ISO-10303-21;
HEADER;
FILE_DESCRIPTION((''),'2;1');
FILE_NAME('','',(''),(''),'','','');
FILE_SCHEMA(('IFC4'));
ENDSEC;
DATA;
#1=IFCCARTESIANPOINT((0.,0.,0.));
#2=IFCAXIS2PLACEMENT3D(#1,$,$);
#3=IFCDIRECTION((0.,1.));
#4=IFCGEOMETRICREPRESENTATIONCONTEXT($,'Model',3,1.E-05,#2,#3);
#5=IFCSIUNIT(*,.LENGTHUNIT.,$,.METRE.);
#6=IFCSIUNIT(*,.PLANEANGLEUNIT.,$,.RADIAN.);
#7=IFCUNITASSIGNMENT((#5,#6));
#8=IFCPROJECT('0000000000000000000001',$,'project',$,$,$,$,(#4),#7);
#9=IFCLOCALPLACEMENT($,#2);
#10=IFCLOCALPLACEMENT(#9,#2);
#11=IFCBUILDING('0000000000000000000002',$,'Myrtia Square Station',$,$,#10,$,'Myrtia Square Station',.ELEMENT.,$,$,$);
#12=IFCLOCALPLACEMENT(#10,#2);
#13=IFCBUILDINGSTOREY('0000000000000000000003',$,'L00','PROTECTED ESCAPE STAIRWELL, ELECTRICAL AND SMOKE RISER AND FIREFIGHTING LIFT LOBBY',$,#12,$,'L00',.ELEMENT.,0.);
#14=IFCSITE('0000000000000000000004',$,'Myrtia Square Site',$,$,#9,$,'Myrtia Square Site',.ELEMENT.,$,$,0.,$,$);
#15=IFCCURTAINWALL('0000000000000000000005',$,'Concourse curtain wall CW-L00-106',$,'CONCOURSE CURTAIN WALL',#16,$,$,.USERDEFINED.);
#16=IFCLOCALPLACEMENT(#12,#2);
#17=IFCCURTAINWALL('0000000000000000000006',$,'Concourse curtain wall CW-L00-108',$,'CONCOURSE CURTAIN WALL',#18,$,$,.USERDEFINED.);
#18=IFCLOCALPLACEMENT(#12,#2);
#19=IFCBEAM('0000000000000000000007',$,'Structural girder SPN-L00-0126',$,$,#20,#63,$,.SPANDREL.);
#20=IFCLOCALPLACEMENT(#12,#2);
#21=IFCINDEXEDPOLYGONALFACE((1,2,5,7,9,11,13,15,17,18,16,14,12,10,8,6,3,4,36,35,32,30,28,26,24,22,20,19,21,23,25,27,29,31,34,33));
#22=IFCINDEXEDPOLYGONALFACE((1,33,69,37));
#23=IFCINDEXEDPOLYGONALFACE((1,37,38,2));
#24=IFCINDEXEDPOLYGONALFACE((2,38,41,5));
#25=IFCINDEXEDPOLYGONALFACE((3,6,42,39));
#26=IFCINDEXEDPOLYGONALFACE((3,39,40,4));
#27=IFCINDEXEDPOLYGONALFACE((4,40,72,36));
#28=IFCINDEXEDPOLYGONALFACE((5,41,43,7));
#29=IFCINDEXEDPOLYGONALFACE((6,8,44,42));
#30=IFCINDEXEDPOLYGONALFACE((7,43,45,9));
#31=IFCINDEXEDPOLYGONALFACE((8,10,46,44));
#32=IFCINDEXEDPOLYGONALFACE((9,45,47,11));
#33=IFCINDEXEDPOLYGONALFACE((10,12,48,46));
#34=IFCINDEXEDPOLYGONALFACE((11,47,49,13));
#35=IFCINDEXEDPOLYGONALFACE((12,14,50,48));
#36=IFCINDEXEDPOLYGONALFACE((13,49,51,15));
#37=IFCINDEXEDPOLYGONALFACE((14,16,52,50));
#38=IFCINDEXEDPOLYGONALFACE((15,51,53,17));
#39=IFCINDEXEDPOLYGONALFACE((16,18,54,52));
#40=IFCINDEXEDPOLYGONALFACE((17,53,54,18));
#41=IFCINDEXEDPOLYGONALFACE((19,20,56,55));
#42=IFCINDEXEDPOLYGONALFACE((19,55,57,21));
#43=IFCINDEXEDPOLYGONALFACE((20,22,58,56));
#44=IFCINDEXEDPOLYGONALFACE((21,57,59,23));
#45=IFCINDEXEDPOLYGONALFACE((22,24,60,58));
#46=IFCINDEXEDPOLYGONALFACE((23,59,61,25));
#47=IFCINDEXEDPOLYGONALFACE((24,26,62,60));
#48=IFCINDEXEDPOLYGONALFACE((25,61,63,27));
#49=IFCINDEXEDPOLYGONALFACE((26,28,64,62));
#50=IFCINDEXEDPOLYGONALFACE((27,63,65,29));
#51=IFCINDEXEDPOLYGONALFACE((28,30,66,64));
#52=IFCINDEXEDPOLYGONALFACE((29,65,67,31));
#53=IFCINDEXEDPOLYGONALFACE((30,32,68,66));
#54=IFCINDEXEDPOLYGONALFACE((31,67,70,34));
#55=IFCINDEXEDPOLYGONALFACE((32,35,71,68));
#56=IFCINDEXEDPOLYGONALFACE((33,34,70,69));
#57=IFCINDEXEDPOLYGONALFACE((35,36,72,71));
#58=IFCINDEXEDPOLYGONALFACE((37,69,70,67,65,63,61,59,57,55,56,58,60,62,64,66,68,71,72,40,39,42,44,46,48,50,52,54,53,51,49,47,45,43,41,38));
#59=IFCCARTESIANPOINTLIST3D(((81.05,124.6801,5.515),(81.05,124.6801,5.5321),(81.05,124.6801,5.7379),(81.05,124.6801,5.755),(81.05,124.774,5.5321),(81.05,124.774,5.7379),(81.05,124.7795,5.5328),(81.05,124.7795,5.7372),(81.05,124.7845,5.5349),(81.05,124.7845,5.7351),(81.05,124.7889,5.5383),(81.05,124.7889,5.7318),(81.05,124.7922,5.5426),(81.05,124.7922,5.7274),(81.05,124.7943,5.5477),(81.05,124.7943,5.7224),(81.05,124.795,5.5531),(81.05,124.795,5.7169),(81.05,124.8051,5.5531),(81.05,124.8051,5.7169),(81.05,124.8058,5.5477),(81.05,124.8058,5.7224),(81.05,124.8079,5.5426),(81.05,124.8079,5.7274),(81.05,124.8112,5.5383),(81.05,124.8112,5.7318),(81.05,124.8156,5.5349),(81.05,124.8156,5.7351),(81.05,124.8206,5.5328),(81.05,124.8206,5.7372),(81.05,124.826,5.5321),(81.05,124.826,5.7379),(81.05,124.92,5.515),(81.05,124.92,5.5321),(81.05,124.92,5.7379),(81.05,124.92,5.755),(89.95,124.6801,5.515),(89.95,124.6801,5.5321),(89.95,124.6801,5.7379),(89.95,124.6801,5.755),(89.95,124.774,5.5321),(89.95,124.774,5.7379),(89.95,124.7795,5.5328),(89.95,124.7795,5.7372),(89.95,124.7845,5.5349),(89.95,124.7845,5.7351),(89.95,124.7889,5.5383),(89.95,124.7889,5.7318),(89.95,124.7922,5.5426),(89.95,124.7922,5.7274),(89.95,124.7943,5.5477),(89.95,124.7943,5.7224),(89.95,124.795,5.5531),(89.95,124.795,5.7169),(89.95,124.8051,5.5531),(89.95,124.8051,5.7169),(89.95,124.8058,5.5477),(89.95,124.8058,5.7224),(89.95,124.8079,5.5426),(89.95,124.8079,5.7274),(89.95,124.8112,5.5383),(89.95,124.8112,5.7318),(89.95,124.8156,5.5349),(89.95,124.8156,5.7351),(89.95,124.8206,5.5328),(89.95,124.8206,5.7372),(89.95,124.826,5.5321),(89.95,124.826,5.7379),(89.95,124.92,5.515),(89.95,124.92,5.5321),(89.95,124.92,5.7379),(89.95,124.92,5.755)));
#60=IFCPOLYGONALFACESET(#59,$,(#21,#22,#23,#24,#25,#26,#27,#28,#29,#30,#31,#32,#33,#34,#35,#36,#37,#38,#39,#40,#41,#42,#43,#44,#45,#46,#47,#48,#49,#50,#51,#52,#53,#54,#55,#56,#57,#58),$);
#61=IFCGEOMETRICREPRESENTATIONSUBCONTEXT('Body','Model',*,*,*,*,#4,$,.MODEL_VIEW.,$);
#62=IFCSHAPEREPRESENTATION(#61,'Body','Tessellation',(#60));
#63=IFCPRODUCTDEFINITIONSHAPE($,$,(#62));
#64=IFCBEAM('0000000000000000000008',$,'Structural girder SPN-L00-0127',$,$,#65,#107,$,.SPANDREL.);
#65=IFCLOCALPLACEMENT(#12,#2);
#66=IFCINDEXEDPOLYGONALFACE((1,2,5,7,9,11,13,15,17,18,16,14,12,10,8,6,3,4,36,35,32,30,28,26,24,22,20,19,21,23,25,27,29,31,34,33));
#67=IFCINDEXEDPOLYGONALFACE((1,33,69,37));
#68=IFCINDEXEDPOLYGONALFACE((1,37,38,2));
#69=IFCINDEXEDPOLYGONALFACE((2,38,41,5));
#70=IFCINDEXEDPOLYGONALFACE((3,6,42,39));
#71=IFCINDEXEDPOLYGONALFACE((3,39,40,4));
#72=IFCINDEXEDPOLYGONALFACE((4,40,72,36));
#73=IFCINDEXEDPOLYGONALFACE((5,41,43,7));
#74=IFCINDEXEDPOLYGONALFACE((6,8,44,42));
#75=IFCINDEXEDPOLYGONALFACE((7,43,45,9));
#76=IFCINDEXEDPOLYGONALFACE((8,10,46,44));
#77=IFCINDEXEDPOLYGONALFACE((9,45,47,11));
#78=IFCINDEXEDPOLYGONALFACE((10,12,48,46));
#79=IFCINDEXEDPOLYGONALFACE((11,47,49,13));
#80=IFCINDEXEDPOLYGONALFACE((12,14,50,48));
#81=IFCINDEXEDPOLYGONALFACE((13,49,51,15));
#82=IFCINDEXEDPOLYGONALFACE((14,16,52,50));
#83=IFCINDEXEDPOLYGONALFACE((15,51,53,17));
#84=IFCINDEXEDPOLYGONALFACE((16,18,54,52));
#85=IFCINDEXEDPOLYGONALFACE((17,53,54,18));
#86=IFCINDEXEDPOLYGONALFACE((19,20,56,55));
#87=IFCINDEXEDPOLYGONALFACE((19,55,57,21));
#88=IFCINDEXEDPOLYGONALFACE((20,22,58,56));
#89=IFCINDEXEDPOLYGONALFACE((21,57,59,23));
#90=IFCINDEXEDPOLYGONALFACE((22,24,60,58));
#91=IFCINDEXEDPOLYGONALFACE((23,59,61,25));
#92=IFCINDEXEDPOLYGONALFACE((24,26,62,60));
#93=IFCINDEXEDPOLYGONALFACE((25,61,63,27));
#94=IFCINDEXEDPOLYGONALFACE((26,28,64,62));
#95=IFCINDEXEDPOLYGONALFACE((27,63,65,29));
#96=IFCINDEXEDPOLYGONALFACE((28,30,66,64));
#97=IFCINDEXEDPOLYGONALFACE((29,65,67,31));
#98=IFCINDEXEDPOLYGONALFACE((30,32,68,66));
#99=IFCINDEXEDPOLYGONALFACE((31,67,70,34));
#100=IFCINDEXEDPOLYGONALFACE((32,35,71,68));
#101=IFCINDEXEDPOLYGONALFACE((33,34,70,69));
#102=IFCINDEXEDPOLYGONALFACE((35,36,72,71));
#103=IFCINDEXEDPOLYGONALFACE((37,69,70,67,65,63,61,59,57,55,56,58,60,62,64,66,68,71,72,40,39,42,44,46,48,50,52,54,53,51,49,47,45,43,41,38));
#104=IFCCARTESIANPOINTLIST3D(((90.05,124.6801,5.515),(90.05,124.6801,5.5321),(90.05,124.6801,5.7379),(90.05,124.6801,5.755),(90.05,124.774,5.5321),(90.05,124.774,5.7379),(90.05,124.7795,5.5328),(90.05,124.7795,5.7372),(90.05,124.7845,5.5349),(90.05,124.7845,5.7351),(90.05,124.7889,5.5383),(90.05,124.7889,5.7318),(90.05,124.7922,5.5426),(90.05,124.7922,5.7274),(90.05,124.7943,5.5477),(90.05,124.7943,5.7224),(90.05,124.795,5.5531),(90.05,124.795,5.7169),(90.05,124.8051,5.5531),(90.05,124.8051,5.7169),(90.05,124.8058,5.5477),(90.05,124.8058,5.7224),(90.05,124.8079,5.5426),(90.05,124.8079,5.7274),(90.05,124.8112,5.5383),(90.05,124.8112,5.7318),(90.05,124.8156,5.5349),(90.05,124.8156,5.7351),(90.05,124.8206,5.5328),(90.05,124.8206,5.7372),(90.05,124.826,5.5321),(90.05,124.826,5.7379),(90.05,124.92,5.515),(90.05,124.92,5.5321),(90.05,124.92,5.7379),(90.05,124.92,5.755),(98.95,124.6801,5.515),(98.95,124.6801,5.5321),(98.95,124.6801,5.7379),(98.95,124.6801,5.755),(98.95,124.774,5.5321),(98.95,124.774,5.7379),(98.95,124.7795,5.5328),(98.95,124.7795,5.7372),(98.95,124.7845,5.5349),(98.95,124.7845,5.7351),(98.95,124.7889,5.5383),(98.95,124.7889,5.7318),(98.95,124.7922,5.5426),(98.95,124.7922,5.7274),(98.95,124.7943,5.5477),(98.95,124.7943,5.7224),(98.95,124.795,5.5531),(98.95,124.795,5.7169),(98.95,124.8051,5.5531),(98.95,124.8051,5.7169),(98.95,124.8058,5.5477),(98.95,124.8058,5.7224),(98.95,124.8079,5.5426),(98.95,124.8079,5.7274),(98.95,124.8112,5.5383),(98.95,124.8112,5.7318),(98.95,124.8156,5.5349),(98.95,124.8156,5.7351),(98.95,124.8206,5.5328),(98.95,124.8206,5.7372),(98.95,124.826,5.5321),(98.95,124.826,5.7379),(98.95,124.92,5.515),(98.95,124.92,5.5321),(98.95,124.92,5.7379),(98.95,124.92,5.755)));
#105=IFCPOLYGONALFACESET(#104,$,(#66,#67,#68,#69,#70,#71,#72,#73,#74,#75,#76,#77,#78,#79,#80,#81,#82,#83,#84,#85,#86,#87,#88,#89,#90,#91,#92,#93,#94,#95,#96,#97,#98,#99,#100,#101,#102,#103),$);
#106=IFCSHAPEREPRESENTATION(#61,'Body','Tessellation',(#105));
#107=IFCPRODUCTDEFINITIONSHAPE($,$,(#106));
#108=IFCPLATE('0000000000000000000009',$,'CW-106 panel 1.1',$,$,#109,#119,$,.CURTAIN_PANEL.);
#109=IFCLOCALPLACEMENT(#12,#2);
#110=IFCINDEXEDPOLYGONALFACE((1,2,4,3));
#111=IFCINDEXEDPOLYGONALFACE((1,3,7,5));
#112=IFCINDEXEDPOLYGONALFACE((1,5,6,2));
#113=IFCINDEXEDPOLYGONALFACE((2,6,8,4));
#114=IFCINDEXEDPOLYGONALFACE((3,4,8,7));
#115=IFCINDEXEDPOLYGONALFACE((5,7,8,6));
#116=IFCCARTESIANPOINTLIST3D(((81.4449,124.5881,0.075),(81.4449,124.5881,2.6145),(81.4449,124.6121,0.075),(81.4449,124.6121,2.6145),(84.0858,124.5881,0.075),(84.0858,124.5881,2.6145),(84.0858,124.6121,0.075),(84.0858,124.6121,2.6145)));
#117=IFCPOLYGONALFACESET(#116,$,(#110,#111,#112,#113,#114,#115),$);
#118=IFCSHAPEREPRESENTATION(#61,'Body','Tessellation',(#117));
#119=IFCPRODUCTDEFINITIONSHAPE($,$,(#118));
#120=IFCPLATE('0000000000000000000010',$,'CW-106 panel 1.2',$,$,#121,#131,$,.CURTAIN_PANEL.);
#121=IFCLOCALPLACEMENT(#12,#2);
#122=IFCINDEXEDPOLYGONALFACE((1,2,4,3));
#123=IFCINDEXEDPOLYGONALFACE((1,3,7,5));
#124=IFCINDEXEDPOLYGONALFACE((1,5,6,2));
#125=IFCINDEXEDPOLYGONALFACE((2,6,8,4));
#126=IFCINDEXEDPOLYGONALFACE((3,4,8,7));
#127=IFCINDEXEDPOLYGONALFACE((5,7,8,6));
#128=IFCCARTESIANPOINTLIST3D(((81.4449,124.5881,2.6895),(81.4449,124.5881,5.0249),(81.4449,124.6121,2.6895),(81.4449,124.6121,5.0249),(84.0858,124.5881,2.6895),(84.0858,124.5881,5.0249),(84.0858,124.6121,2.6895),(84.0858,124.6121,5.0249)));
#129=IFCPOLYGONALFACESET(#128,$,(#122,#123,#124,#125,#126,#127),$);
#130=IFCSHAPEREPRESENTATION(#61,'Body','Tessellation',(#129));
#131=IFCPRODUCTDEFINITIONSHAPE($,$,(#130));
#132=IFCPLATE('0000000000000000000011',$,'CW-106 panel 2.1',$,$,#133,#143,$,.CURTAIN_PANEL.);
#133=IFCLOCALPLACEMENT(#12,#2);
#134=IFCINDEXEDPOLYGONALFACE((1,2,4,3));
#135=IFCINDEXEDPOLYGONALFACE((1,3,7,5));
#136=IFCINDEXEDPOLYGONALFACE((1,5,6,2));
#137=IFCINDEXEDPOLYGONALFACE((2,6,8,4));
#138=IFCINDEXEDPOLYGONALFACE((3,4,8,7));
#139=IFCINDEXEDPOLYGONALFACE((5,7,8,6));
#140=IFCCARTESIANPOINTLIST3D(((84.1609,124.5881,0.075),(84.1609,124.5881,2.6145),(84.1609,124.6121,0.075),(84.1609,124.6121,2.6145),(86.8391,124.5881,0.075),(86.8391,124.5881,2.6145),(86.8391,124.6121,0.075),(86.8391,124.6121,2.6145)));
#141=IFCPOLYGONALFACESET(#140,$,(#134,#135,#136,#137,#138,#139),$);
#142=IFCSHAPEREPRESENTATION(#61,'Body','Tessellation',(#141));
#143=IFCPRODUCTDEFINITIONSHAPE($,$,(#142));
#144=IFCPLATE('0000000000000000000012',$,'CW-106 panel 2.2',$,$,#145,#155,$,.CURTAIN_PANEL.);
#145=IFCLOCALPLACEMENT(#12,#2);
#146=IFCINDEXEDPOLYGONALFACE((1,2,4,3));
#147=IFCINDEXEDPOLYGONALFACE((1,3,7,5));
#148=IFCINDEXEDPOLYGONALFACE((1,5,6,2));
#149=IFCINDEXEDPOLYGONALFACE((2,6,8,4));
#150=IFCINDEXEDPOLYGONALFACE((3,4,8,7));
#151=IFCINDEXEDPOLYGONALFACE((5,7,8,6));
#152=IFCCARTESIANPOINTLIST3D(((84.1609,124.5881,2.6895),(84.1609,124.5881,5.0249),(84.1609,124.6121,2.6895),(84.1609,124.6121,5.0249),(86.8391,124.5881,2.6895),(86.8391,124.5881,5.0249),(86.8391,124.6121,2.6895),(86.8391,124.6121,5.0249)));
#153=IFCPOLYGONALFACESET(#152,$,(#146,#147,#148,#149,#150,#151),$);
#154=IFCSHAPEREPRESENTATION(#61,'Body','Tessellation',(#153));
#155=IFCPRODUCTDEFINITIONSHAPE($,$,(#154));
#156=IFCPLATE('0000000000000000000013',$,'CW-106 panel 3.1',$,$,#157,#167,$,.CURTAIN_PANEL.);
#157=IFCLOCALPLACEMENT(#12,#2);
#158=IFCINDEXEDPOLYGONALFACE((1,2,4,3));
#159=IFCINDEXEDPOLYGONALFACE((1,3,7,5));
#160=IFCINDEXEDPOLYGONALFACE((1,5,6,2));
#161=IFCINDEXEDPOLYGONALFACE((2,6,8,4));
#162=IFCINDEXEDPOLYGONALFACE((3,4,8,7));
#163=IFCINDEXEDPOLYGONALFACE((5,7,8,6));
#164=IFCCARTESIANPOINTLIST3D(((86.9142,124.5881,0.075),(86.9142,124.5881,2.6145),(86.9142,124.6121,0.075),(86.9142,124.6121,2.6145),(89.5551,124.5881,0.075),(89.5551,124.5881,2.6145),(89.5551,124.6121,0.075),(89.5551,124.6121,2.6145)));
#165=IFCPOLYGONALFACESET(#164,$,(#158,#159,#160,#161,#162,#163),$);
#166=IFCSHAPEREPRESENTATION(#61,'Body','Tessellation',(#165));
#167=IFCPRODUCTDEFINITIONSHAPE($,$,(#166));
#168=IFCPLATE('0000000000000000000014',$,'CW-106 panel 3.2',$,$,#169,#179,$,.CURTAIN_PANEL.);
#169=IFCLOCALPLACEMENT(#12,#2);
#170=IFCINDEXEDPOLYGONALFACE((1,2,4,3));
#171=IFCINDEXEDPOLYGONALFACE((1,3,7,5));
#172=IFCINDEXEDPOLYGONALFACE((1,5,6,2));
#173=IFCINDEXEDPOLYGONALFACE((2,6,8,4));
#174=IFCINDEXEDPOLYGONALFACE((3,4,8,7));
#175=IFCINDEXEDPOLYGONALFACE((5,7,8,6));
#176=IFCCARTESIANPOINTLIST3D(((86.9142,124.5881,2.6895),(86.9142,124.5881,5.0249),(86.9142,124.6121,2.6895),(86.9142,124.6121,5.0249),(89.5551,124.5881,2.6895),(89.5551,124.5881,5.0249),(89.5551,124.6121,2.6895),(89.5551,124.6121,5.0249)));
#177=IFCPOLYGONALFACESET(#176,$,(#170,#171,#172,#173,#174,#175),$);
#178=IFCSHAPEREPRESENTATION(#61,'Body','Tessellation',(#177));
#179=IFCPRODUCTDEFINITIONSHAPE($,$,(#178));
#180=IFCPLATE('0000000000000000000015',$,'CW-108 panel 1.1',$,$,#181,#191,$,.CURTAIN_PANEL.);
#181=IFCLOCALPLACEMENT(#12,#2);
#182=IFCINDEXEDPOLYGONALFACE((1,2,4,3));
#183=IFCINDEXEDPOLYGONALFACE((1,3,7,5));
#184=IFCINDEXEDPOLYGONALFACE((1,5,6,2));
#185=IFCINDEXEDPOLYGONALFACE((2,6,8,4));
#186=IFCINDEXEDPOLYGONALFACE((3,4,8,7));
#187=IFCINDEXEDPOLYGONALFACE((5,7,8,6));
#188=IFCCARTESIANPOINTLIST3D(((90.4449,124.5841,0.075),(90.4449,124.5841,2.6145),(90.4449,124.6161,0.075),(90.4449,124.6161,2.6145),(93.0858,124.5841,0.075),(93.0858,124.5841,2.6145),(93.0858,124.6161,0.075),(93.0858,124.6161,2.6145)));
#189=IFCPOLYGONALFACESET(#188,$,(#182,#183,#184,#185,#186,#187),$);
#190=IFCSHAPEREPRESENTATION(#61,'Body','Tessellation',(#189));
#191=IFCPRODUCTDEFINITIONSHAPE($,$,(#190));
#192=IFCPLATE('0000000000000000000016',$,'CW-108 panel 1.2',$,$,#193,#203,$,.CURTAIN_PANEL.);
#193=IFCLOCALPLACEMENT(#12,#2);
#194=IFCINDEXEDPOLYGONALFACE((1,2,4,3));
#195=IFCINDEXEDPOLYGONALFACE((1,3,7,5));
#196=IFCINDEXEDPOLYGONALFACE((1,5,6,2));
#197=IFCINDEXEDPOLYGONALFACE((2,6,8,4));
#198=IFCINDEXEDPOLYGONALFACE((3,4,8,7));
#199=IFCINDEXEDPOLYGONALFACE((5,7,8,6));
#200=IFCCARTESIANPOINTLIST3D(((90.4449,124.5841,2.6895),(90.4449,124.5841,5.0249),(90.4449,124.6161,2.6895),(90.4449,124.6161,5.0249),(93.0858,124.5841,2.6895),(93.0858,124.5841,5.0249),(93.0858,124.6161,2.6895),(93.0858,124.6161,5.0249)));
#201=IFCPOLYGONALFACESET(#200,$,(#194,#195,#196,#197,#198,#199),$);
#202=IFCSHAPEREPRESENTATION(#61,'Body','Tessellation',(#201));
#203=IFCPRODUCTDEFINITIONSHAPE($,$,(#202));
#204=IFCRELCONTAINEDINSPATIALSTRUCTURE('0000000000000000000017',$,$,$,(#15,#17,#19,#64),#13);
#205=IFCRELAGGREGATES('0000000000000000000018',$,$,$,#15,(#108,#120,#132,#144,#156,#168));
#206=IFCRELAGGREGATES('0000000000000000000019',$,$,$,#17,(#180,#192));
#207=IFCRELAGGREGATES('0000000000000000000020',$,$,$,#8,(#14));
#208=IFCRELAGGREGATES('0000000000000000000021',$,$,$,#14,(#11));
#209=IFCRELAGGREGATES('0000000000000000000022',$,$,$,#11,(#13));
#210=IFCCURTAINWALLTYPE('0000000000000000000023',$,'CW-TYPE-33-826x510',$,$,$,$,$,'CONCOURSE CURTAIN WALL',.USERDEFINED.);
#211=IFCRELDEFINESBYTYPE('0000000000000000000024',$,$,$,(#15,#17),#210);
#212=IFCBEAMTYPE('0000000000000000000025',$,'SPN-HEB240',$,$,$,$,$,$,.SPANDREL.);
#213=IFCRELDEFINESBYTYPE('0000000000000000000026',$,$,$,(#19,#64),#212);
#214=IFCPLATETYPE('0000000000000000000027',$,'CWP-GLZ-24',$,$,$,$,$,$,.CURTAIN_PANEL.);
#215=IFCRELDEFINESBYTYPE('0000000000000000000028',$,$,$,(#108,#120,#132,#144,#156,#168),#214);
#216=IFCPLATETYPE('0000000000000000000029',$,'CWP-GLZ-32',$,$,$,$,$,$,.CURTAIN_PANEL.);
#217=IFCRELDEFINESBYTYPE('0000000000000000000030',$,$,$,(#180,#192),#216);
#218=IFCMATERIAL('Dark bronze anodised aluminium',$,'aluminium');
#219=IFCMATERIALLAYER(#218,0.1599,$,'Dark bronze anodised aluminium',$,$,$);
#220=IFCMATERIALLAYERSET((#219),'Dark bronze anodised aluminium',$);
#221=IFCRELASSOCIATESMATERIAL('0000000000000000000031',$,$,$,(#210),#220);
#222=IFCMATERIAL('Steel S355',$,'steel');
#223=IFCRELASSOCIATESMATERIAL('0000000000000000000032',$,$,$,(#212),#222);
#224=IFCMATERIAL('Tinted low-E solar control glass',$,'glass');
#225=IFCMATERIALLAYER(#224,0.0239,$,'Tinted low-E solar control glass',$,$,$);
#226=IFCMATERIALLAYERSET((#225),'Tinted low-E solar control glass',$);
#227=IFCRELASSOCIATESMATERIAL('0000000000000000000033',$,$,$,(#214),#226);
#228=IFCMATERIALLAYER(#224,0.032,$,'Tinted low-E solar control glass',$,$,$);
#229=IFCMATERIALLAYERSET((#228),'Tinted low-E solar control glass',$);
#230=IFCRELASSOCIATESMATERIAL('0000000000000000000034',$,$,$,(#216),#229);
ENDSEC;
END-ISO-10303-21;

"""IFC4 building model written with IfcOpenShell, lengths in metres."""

from ifc_helpers import new_model, si_unit, direction, frame, origin, origin_2d, place, context, subcontext, project, spatial, rectangle, i_section, extrude, material, layer, layer_set, material_profile, profile_set, type_object, element, aggregate, save


model = new_model("IFC4")

# Units and contexts
model_context = context("Model", 3, precision=1e-05, world=origin(), true_north=direction((0.0, 1.0)))
body_context = subcontext(model_context, "Body", "Model", "MODEL_VIEW")
ifc_project = project(units=[si_unit("LENGTHUNIT", "METRE"), si_unit("PLANEANGLEUNIT", "RADIAN")], contexts=[model_context])

# Site, building, storey
site_placement = place(None, origin())
site = spatial("IfcSite", under=ifc_project, at=site_placement, Name="Myrtia Square Site", LongName="Myrtia Square Site", CompositionType="ELEMENT", RefElevation=0.0)
building_placement = place(site_placement, origin())
building = spatial("IfcBuilding", under=site, at=building_placement, Name="Myrtia Square Station", LongName="Myrtia Square Station", CompositionType="ELEMENT")
storey_placement = place(building_placement, origin())
storey = spatial("IfcBuildingStorey", under=building, at=storey_placement, Name="L00", Description="PROTECTED ESCAPE STAIRWELL, ELECTRICAL AND SMOKE RISER AND FIREFIGHTING LIFT LOBBY", LongName="L00", CompositionType="ELEMENT", Elevation=0.0)

# Shared definitions
ifc_material_1 = material(Name="Steel S355", Category="steel")

# Curtain walls
ifc_material_2 = material(Name="Dark bronze anodised aluminium", Category="aluminium")
ifc_layer_1 = layer(ifc_material_2, 0.1599, Name="Dark bronze anodised aluminium")
ifc_layer_set_1 = layer_set([ifc_layer_1], Name="Dark bronze anodised aluminium")
curtain_wall_type = type_object("IfcCurtainWallType", Name="CW-TYPE-33-826x510", ElementType="CONCOURSE CURTAIN WALL", PredefinedType="USERDEFINED", material=ifc_layer_set_1)
curtain_wall_1_placement = place(storey_placement, origin())
curtain_wall_1 = element("IfcCurtainWall", 1, at=curtain_wall_1_placement, inside=storey, type_object=curtain_wall_type, Name="Concourse curtain wall CW-L00-106", ObjectType="CONCOURSE CURTAIN WALL", PredefinedType="USERDEFINED")
curtain_wall_2_placement = place(storey_placement, origin())
curtain_wall_2 = element("IfcCurtainWall", 2, at=curtain_wall_2_placement, inside=storey, type_object=curtain_wall_type, Name="Concourse curtain wall CW-L00-108", ObjectType="CONCOURSE CURTAIN WALL", PredefinedType="USERDEFINED")

# Beams
ifc_material_profile_1 = material_profile(ifc_material_1, i_section(OverallWidth=0.24, OverallDepth=0.24, WebThickness=0.01, FlangeThickness=0.0171, FilletRadius=0.021, at=origin_2d()), Name="HEB 240")
ifc_profile_set_1 = profile_set([ifc_material_profile_1], Name="Steel S355")
beam_type = type_object("IfcBeamType", Name="SPN-HEB240", PredefinedType="SPANDREL", material=ifc_profile_set_1)
for number, where, z_axis, x_axis, name in (
    (3, (81.05, 124.8, 5.635), (1.0, 0.0, 0.0), (0.0, 1.0, 0.0), "Structural girder SPN-L00-0126"),
    (4, (90.05, 124.8, 5.635), (1.0, 0.0, 0.0), (0.0, 1.0, 0.0), "Structural girder SPN-L00-0127"),
):
    element("IfcBeam", number, at=place(storey_placement, frame(where, z_axis=z_axis, x_axis=x_axis)), inside=storey, type_object=beam_type, Name=name, PredefinedType="SPANDREL", context=body_context, shape_type="SweptSolid", body=[
        extrude(i_section(OverallWidth=0.24, OverallDepth=0.24, WebThickness=0.01, FlangeThickness=0.0171, FilletRadius=0.021, at=origin_2d()), origin(), (0.0, 0.0, 1.0), 8.8999),
    ])

# Plates
ifc_material_3 = material(Name="Tinted low-E solar control glass", Category="glass")
ifc_layer_2 = layer(ifc_material_3, 0.0239, Name="Tinted low-E solar control glass")
ifc_layer_set_2 = layer_set([ifc_layer_2], Name="Tinted low-E solar control glass")
plate_type_1 = type_object("IfcPlateType", Name="CWP-GLZ-24", PredefinedType="CURTAIN_PANEL", material=ifc_layer_set_2)
plate_1_placement = place(storey_placement, frame((82.7654, 124.6001, 0.075), z_axis=(0.0, 0.0, 1.0), x_axis=(1.0, 0.0, 0.0)))
plate_1 = element("IfcPlate", 5, at=plate_1_placement, type_object=plate_type_1, Name="CW-106 panel 1.1", PredefinedType="CURTAIN_PANEL", context=body_context, shape_type="SweptSolid", body=[
    extrude(rectangle(XDim=2.6409, YDim=0.0239, at=origin_2d()), origin(), (0.0, 0.0, 1.0), 2.5396),
])
plate_2_placement = place(storey_placement, frame((82.7654, 124.6001, 2.6895), z_axis=(0.0, 0.0, 1.0), x_axis=(1.0, 0.0, 0.0)))
plate_2 = element("IfcPlate", 6, at=plate_2_placement, type_object=plate_type_1, Name="CW-106 panel 1.2", PredefinedType="CURTAIN_PANEL", context=body_context, shape_type="SweptSolid", body=[
    extrude(rectangle(XDim=2.6409, YDim=0.0239, at=origin_2d()), origin(), (0.0, 0.0, 1.0), 2.3354),
])
plate_3_placement = place(storey_placement, frame((85.5, 124.6001, 0.075), z_axis=(0.0, 0.0, 1.0), x_axis=(1.0, 0.0, 0.0)))
plate_3 = element("IfcPlate", 7, at=plate_3_placement, type_object=plate_type_1, Name="CW-106 panel 2.1", PredefinedType="CURTAIN_PANEL", context=body_context, shape_type="SweptSolid", body=[
    extrude(rectangle(XDim=2.6782, YDim=0.0239, at=origin_2d()), origin(), (0.0, 0.0, 1.0), 2.5396),
])
plate_4_placement = place(storey_placement, frame((85.5, 124.6001, 2.6895), z_axis=(0.0, 0.0, 1.0), x_axis=(1.0, 0.0, 0.0)))
plate_4 = element("IfcPlate", 8, at=plate_4_placement, type_object=plate_type_1, Name="CW-106 panel 2.2", PredefinedType="CURTAIN_PANEL", context=body_context, shape_type="SweptSolid", body=[
    extrude(rectangle(XDim=2.6782, YDim=0.0239, at=origin_2d()), origin(), (0.0, 0.0, 1.0), 2.3354),
])
plate_5_placement = place(storey_placement, frame((88.2346, 124.6001, 0.075), z_axis=(0.0, 0.0, 1.0), x_axis=(1.0, 0.0, 0.0)))
plate_5 = element("IfcPlate", 9, at=plate_5_placement, type_object=plate_type_1, Name="CW-106 panel 3.1", PredefinedType="CURTAIN_PANEL", context=body_context, shape_type="SweptSolid", body=[
    extrude(rectangle(XDim=2.6409, YDim=0.0239, at=origin_2d()), origin(), (0.0, 0.0, 1.0), 2.5396),
])
plate_6_placement = place(storey_placement, frame((88.2346, 124.6001, 2.6895), z_axis=(0.0, 0.0, 1.0), x_axis=(1.0, 0.0, 0.0)))
plate_6 = element("IfcPlate", 10, at=plate_6_placement, type_object=plate_type_1, Name="CW-106 panel 3.2", PredefinedType="CURTAIN_PANEL", context=body_context, shape_type="SweptSolid", body=[
    extrude(rectangle(XDim=2.6409, YDim=0.0239, at=origin_2d()), origin(), (0.0, 0.0, 1.0), 2.3354),
])
aggregate(curtain_wall_1, [plate_1, plate_2, plate_3, plate_4, plate_5, plate_6])
ifc_layer_3 = layer(ifc_material_3, 0.032, Name="Tinted low-E solar control glass")
ifc_layer_set_3 = layer_set([ifc_layer_3], Name="Tinted low-E solar control glass")
plate_type_2 = type_object("IfcPlateType", Name="CWP-GLZ-32", PredefinedType="CURTAIN_PANEL", material=ifc_layer_set_3)
plate_7_placement = place(storey_placement, frame((91.7654, 124.6001, 0.075), z_axis=(0.0, 0.0, 1.0), x_axis=(1.0, 0.0, 0.0)))
plate_7 = element("IfcPlate", 11, at=plate_7_placement, type_object=plate_type_2, Name="CW-108 panel 1.1", PredefinedType="CURTAIN_PANEL", context=body_context, shape_type="SweptSolid", body=[
    extrude(rectangle(XDim=2.6409, YDim=0.032, at=origin_2d()), origin(), (0.0, 0.0, 1.0), 2.5396),
])
plate_8_placement = place(storey_placement, frame((91.7654, 124.6001, 2.6895), z_axis=(0.0, 0.0, 1.0), x_axis=(1.0, 0.0, 0.0)))
plate_8 = element("IfcPlate", 12, at=plate_8_placement, type_object=plate_type_2, Name="CW-108 panel 1.2", PredefinedType="CURTAIN_PANEL", context=body_context, shape_type="SweptSolid", body=[
    extrude(rectangle(XDim=2.6409, YDim=0.032, at=origin_2d()), origin(), (0.0, 0.0, 1.0), 2.3354),
])
aggregate(curtain_wall_2, [plate_7, plate_8])

save(model, "model.ifc")
